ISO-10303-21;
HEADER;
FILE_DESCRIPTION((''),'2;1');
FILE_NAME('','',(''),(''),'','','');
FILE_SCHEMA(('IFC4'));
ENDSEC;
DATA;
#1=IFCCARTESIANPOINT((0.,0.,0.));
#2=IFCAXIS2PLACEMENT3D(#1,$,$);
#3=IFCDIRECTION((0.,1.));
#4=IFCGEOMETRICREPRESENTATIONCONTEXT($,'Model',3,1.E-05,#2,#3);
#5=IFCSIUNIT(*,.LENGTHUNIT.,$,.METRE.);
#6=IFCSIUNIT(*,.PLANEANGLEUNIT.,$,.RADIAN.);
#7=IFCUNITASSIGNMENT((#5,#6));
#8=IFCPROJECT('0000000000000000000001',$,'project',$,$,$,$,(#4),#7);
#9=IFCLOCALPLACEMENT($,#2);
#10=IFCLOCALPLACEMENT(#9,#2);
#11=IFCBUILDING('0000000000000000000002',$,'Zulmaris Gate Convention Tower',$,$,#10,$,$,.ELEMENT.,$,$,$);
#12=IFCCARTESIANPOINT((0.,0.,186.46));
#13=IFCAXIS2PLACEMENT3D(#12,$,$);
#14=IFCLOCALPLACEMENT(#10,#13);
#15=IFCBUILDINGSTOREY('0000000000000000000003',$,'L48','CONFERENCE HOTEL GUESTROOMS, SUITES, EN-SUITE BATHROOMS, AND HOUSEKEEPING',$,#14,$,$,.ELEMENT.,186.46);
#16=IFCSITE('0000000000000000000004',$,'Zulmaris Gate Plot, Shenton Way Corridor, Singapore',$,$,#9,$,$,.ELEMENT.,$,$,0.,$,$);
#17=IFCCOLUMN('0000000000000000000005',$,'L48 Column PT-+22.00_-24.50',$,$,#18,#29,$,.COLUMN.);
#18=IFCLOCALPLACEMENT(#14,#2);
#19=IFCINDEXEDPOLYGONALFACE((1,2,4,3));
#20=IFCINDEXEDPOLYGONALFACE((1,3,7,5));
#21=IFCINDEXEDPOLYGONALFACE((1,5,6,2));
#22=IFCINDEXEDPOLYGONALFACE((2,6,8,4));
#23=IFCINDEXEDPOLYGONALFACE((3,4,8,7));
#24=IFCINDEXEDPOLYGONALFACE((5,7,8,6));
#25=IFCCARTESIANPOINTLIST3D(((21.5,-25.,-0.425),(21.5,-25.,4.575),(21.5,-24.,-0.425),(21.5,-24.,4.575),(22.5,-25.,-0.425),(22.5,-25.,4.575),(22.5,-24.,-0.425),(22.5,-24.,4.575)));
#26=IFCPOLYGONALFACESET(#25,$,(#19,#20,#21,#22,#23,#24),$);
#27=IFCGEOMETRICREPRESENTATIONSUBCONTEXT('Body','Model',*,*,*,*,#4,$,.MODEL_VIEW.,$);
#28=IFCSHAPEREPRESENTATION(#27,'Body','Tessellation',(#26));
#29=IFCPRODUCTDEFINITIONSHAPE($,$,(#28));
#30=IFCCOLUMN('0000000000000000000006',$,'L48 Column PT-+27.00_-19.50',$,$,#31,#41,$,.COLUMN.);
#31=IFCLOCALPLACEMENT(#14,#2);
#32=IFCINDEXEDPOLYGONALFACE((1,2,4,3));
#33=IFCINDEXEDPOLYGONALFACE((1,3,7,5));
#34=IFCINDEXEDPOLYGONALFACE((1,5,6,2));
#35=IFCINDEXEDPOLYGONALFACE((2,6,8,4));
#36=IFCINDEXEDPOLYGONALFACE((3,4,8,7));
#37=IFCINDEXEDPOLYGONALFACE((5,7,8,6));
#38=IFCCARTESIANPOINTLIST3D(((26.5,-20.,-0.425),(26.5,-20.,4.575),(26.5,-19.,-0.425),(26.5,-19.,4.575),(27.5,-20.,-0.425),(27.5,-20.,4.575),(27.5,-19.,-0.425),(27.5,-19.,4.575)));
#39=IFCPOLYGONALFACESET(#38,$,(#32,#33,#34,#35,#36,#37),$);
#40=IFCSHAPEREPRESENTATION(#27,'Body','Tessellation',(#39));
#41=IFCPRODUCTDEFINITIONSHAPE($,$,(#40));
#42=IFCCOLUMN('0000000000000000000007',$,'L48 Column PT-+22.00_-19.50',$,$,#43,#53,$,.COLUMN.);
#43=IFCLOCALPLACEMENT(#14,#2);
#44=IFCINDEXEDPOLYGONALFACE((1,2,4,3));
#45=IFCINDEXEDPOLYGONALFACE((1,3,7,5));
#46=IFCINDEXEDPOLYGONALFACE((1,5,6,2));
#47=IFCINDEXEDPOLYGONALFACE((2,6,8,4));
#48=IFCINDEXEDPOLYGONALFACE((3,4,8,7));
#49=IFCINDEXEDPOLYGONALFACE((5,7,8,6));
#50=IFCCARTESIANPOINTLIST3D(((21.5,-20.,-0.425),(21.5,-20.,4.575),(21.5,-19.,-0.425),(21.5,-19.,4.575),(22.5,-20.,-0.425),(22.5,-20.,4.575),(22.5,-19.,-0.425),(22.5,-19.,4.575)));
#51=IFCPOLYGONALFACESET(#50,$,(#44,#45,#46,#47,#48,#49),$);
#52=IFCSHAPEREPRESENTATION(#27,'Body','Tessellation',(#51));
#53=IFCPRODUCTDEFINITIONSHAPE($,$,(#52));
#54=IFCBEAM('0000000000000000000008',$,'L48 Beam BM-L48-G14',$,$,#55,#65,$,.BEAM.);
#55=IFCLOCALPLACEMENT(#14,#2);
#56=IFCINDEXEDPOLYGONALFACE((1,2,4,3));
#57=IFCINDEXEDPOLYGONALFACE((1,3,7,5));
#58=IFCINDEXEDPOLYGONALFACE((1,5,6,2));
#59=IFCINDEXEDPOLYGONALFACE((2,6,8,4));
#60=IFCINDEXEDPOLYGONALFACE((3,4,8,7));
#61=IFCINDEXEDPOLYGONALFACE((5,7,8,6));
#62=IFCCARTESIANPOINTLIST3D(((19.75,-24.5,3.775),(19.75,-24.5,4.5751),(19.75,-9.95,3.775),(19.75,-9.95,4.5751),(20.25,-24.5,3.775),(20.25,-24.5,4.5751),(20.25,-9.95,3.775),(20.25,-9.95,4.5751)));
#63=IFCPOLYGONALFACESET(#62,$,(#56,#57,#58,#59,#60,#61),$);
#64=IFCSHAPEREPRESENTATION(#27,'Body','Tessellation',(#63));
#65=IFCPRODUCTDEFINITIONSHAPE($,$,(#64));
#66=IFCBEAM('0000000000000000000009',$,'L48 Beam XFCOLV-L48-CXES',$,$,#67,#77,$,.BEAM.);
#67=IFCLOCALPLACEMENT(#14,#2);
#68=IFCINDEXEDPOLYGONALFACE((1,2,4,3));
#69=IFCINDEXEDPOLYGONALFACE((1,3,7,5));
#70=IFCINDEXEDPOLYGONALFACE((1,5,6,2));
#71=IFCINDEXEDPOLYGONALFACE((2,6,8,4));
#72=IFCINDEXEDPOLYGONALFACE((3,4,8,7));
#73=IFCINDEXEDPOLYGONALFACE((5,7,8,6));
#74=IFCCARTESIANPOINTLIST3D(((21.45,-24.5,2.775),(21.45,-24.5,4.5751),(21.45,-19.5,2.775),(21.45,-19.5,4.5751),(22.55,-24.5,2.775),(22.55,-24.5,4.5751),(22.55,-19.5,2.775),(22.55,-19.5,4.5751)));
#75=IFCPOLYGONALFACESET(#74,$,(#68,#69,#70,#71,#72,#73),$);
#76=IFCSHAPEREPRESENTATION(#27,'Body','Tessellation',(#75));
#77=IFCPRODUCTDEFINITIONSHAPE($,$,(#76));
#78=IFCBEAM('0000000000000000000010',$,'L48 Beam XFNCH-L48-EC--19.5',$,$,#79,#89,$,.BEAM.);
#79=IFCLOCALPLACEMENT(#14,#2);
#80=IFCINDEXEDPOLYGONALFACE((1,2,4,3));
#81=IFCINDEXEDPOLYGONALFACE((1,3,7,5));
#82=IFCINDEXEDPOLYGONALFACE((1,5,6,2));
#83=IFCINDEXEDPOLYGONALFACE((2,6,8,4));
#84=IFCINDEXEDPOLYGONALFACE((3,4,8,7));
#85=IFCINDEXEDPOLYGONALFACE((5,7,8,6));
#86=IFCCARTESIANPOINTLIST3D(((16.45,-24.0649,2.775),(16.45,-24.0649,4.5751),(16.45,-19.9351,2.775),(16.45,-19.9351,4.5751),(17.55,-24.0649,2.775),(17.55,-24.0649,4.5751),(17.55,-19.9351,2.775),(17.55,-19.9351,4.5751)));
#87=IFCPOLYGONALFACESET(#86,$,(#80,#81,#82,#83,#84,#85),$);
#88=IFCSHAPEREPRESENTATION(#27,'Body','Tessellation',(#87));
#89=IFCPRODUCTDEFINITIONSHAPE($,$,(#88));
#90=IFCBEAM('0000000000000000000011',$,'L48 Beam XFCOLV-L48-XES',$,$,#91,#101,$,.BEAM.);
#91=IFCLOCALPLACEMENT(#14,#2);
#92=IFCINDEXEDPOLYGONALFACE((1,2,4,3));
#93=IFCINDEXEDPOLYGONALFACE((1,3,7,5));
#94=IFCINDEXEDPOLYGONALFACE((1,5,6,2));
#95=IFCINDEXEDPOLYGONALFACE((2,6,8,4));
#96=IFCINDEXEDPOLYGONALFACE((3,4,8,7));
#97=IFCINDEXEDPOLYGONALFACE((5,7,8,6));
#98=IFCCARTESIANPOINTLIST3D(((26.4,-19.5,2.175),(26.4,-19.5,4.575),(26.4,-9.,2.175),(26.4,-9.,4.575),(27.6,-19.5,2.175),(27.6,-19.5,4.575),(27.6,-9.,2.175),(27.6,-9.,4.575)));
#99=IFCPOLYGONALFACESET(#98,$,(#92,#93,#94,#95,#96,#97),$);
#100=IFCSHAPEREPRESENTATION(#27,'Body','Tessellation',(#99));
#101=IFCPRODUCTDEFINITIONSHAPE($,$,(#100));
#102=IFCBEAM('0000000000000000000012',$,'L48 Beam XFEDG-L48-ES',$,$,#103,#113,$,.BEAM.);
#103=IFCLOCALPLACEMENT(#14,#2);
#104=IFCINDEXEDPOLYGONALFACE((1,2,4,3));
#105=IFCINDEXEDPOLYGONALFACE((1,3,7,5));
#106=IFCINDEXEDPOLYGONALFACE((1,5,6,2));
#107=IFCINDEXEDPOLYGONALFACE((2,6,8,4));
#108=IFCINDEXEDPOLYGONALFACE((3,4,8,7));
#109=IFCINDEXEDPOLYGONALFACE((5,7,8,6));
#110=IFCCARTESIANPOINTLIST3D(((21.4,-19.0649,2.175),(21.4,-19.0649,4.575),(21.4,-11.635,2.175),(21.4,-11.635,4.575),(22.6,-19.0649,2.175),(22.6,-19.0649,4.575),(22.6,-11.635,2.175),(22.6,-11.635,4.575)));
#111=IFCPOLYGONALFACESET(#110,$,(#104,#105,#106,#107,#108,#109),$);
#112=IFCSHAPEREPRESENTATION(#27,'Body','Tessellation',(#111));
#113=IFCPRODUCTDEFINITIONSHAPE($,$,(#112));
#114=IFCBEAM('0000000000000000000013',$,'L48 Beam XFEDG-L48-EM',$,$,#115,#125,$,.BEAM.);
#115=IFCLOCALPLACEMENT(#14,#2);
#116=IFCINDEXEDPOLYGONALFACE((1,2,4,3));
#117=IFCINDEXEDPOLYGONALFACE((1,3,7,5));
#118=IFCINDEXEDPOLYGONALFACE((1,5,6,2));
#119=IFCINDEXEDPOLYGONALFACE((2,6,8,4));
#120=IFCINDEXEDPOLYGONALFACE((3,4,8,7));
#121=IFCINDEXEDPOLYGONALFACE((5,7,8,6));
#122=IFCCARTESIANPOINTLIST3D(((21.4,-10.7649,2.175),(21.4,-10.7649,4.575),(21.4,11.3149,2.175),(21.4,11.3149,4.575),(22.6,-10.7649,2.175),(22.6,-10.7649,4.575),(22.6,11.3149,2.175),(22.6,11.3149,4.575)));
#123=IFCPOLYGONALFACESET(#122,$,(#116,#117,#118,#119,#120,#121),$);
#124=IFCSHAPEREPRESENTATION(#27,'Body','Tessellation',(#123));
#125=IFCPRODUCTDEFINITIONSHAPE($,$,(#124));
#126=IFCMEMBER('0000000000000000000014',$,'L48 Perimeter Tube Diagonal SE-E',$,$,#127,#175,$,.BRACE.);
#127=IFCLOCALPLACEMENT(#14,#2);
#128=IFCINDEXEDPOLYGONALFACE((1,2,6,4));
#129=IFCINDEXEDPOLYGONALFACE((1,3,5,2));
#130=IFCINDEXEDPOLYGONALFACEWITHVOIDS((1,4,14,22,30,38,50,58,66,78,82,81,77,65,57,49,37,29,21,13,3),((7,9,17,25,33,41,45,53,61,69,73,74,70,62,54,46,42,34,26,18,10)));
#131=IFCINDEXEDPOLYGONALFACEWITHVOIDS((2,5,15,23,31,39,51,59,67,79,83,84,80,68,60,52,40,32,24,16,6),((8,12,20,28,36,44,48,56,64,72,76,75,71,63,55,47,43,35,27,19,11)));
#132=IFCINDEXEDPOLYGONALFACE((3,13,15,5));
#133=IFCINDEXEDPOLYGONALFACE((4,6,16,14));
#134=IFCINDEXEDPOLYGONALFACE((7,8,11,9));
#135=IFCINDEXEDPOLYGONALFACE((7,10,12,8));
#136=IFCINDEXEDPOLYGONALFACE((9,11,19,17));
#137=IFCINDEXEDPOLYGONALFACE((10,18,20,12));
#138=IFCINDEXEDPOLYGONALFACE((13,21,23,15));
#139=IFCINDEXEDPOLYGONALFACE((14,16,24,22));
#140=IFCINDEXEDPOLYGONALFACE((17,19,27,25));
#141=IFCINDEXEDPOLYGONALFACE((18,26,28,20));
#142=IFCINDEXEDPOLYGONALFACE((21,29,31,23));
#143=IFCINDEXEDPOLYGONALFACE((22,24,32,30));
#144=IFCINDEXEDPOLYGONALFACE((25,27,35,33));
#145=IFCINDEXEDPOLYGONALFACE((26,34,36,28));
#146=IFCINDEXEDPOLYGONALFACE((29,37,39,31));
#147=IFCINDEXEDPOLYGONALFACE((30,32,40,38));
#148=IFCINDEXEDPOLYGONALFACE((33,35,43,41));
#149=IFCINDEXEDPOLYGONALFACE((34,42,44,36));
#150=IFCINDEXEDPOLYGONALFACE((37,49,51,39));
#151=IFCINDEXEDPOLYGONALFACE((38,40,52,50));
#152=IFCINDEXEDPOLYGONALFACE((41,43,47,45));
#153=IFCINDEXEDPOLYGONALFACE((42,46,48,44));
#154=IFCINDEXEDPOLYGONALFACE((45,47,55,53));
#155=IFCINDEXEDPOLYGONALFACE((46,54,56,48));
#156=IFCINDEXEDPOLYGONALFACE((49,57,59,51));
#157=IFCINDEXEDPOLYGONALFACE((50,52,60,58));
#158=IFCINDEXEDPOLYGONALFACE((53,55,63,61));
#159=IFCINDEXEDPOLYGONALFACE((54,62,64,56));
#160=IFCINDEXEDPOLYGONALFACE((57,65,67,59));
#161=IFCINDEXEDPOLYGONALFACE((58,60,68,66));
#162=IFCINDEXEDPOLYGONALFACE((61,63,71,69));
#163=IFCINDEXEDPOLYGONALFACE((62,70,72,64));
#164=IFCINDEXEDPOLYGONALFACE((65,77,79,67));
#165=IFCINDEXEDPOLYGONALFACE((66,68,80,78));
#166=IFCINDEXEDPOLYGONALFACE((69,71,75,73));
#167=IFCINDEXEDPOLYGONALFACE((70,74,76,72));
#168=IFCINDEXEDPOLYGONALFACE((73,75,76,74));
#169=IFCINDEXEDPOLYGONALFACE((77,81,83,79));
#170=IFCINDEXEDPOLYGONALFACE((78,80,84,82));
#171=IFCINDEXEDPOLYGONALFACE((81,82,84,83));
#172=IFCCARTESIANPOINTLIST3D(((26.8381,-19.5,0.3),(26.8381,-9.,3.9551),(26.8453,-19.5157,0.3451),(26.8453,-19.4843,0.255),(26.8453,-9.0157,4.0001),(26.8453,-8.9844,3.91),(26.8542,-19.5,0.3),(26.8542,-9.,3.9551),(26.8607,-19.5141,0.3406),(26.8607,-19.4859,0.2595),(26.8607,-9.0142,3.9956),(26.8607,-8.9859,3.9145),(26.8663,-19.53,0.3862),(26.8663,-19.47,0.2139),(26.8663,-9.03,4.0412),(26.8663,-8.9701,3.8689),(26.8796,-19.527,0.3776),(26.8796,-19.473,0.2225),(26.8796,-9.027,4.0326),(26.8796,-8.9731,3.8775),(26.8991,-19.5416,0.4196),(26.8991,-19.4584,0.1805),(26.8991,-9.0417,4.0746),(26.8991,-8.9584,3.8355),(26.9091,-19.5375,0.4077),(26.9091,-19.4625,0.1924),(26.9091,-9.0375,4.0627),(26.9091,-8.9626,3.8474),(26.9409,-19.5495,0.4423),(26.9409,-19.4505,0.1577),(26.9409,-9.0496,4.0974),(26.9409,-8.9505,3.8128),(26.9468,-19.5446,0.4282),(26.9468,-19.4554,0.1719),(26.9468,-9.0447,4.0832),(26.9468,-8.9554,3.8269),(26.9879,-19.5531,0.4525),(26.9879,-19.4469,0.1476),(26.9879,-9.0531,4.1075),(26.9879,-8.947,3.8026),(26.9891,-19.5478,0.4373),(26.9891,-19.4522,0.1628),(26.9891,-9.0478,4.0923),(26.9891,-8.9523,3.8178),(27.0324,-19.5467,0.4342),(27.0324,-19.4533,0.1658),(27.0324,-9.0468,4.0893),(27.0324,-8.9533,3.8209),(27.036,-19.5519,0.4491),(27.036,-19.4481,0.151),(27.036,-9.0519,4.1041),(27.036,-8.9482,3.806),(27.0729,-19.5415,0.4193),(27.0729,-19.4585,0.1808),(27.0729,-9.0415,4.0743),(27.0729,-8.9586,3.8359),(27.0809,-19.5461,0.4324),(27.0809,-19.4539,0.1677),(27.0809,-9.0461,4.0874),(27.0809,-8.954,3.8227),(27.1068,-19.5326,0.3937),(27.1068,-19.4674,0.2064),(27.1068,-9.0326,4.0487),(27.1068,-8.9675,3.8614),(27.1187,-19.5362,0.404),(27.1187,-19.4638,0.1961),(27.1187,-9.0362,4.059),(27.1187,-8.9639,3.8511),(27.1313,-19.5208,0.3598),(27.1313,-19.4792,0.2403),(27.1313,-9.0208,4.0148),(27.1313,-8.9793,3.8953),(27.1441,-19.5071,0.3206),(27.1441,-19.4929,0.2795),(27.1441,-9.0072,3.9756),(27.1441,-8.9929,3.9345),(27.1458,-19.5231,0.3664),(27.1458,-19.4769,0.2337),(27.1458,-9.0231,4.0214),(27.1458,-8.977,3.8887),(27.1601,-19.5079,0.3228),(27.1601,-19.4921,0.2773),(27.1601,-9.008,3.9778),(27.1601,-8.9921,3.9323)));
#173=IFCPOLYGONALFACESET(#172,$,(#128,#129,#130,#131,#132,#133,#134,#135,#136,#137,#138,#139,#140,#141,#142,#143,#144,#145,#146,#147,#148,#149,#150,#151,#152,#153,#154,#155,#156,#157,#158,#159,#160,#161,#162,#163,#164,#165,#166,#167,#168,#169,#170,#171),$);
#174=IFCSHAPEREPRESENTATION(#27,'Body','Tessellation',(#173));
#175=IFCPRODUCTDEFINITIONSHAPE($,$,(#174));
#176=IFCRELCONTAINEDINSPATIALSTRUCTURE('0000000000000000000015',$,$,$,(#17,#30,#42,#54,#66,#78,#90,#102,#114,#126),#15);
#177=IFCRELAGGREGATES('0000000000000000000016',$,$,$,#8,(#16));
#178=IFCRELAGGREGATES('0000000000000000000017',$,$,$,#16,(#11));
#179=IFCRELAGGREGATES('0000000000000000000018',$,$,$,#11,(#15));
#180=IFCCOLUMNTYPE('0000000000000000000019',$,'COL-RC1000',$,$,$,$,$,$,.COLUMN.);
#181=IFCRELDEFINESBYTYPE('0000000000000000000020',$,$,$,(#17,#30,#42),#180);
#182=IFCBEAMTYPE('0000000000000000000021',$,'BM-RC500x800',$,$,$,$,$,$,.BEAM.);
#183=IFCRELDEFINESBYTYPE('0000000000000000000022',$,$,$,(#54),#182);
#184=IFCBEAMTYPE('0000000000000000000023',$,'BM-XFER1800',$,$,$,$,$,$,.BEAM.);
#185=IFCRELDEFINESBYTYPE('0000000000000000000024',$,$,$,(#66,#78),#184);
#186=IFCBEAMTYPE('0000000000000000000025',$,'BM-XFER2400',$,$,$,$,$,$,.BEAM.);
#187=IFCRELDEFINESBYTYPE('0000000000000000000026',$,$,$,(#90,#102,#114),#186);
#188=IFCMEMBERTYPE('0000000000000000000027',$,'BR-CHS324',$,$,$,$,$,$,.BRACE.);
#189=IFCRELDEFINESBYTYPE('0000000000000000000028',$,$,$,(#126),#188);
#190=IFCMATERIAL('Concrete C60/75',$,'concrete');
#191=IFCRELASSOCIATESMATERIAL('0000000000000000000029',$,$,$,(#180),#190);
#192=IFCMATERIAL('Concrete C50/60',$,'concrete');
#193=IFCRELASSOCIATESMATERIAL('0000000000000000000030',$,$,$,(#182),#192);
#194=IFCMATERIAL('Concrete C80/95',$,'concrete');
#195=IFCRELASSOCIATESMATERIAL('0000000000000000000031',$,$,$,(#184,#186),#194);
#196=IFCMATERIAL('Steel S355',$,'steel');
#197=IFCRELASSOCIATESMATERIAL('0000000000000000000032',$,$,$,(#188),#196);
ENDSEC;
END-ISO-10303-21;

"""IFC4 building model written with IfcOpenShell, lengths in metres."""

from ifc_helpers import new_model, si_unit, direction, frame, origin, origin_2d, place, context, subcontext, project, spatial, rectangle, hollow_circle, extrude, material, material_profile, profile_set, type_object, element, save


model = new_model("IFC4")

# Units and contexts
model_context = context("Model", 3, precision=1e-05, world=origin(), true_north=direction((0.0, 1.0)))
body_context = subcontext(model_context, "Body", "Model", "MODEL_VIEW")
ifc_project = project(units=[si_unit("LENGTHUNIT", "METRE"), si_unit("PLANEANGLEUNIT", "RADIAN")], contexts=[model_context])

# Site, building, storey
site_placement = place(None, origin())
site = spatial("IfcSite", under=ifc_project, at=site_placement, Name="Zulmaris Gate Plot, Shenton Way Corridor, Singapore", CompositionType="ELEMENT", RefElevation=0.0)
building_placement = place(site_placement, origin())
building = spatial("IfcBuilding", under=site, at=building_placement, Name="Zulmaris Gate Convention Tower", CompositionType="ELEMENT")
storey_placement = place(building_placement, frame((0.0, 0.0, 186.46)))
storey = spatial("IfcBuildingStorey", under=building, at=storey_placement, Name="L48", Description="CONFERENCE HOTEL GUESTROOMS, SUITES, EN-SUITE BATHROOMS, AND HOUSEKEEPING", CompositionType="ELEMENT", Elevation=186.46)

# Columns
ifc_material_1 = material(Name="Concrete C60/75", Category="concrete")
ifc_material_profile_1 = material_profile(ifc_material_1, rectangle(XDim=1.0, YDim=1.0, at=origin_2d()), Name="RC COL 1000x1000")
ifc_profile_set_1 = profile_set([ifc_material_profile_1], Name="Concrete C60/75")
column_type = type_object("IfcColumnType", Name="COL-RC1000", PredefinedType="COLUMN", material=ifc_profile_set_1)
for number, where, z_axis, x_axis, name in (
    (1, (22.0, -24.5, -0.425), (0.0, 0.0, 1.0), (1.0, 0.0, 0.0), "L48 Column PT-+22.00_-24.50"),
    (2, (27.0, -19.5, -0.425), (0.0, 0.0, 1.0), (1.0, 0.0, 0.0), "L48 Column PT-+27.00_-19.50"),
    (3, (22.0, -19.5, -0.425), (0.0, 0.0, 1.0), (1.0, 0.0, 0.0), "L48 Column PT-+22.00_-19.50"),
):
    element("IfcColumn", number, at=place(storey_placement, frame(where, z_axis=z_axis, x_axis=x_axis)), inside=storey, type_object=column_type, Name=name, PredefinedType="COLUMN", context=body_context, shape_type="SweptSolid", body=[
        extrude(rectangle(XDim=1.0, YDim=1.0, at=origin_2d()), origin(), (0.0, 0.0, 1.0), 5.0),
    ])

# Beams
ifc_material_2 = material(Name="Concrete C50/60", Category="concrete")
ifc_material_profile_2 = material_profile(ifc_material_2, rectangle(XDim=0.5, YDim=0.8, at=origin_2d()), Name="RC BEAM 500x800")
ifc_profile_set_2 = profile_set([ifc_material_profile_2], Name="Concrete C50/60")
beam_type_1 = type_object("IfcBeamType", Name="BM-RC500x800", PredefinedType="BEAM", material=ifc_profile_set_2)
beam_1_placement = place(storey_placement, frame((20.0, -24.5, 4.175), z_axis=(0.0, 1.0, 0.0), x_axis=(-1.0, 0.0, 0.0)))
element("IfcBeam", 4, at=beam_1_placement, inside=storey, type_object=beam_type_1, Name="L48 Beam BM-L48-G14", PredefinedType="BEAM", context=body_context, shape_type="SweptSolid", body=[
    extrude(rectangle(XDim=0.5, YDim=0.8, at=origin_2d()), origin(), (0.0, 0.0, 1.0), 14.55),
])
ifc_material_3 = material(Name="Concrete C80/95", Category="concrete")
ifc_material_profile_3 = material_profile(ifc_material_3, rectangle(XDim=1.1001, YDim=1.8, at=origin_2d()), Name="RC TRANSFER 1100x1800")
ifc_profile_set_3 = profile_set([ifc_material_profile_3], Name="Concrete C80/95")
beam_type_2 = type_object("IfcBeamType", Name="BM-XFER1800", PredefinedType="BEAM", material=ifc_profile_set_3)
beam_2_placement = place(storey_placement, frame((22.0, -24.5, 3.675), z_axis=(0.0, 1.0, 0.0), x_axis=(-1.0, 0.0, 0.0)))
element("IfcBeam", 5, at=beam_2_placement, inside=storey, type_object=beam_type_2, Name="L48 Beam XFCOLV-L48-CXES", PredefinedType="BEAM", context=body_context, shape_type="SweptSolid", body=[
    extrude(rectangle(XDim=1.1001, YDim=1.8, at=origin_2d()), origin(), (0.0, 0.0, 1.0), 5.0),
])
beam_3_placement = place(storey_placement, frame((17.0, -24.0649, 3.675), z_axis=(0.0, 1.0, 0.0), x_axis=(-1.0, 0.0, 0.0)))
element("IfcBeam", 6, at=beam_3_placement, inside=storey, type_object=beam_type_2, Name="L48 Beam XFNCH-L48-EC--19.5", PredefinedType="BEAM", context=body_context, shape_type="SweptSolid", body=[
    extrude(rectangle(XDim=1.1001, YDim=1.8, at=origin_2d()), origin(), (0.0, 0.0, 1.0), 4.1299),
])
ifc_material_profile_4 = material_profile(ifc_material_3, rectangle(XDim=1.2, YDim=2.3999, at=origin_2d()), Name="RC TRANSFER 1200x2400")
ifc_profile_set_4 = profile_set([ifc_material_profile_4], Name="Concrete C80/95")
beam_type_3 = type_object("IfcBeamType", Name="BM-XFER2400", PredefinedType="BEAM", material=ifc_profile_set_4)
beam_4_placement = place(storey_placement, frame((27.0, -19.5, 3.375), z_axis=(0.0, 1.0, 0.0), x_axis=(-1.0, 0.0, 0.0)))
element("IfcBeam", 7, at=beam_4_placement, inside=storey, type_object=beam_type_3, Name="L48 Beam XFCOLV-L48-XES", PredefinedType="BEAM", context=body_context, shape_type="SweptSolid", body=[
    extrude(rectangle(XDim=1.2, YDim=2.3999, at=origin_2d()), origin(), (0.0, 0.0, 1.0), 10.5),
])
beam_5_placement = place(storey_placement, frame((22.0, -19.0649, 3.375), z_axis=(0.0, 1.0, 0.0), x_axis=(-1.0, 0.0, 0.0)))
element("IfcBeam", 8, at=beam_5_placement, inside=storey, type_object=beam_type_3, Name="L48 Beam XFEDG-L48-ES", PredefinedType="BEAM", context=body_context, shape_type="SweptSolid", body=[
    extrude(rectangle(XDim=1.2, YDim=2.3999, at=origin_2d()), origin(), (0.0, 0.0, 1.0), 7.4299),
])
beam_6_placement = place(storey_placement, frame((22.0, -10.7649, 3.375), z_axis=(0.0, 1.0, 0.0), x_axis=(-1.0, 0.0, 0.0)))
element("IfcBeam", 9, at=beam_6_placement, inside=storey, type_object=beam_type_3, Name="L48 Beam XFEDG-L48-EM", PredefinedType="BEAM", context=body_context, shape_type="SweptSolid", body=[
    extrude(rectangle(XDim=1.2, YDim=2.3999, at=origin_2d()), origin(), (0.0, 0.0, 1.0), 22.0798),
])

# Member
ifc_material_4 = material(Name="Steel S355", Category="steel")
ifc_material_profile_5 = material_profile(ifc_material_4, hollow_circle(Radius=0.1619, WallThickness=0.0161, at=origin_2d()), Name="CHS 323.9x16")
ifc_profile_set_5 = profile_set([ifc_material_profile_5], Name="Steel S355")
member_type = type_object("IfcMemberType", Name="BR-CHS324", PredefinedType="BRACE", material=ifc_profile_set_5)
member_placement = place(storey_placement, frame((27.0, -19.5, 0.3), z_axis=(0.0, 0.944417, 0.32875), x_axis=(-1.0, 0.0, 0.0)))
element("IfcMember", 10, at=member_placement, inside=storey, type_object=member_type, Name="L48 Perimeter Tube Diagonal SE-E", PredefinedType="BRACE", context=body_context, shape_type="SweptSolid", body=[
    extrude(hollow_circle(Radius=0.1619, WallThickness=0.0161, at=origin_2d()), origin(), (0.0, 0.0, 1.0), 11.1179),
])

save(model, "model.ifc")
